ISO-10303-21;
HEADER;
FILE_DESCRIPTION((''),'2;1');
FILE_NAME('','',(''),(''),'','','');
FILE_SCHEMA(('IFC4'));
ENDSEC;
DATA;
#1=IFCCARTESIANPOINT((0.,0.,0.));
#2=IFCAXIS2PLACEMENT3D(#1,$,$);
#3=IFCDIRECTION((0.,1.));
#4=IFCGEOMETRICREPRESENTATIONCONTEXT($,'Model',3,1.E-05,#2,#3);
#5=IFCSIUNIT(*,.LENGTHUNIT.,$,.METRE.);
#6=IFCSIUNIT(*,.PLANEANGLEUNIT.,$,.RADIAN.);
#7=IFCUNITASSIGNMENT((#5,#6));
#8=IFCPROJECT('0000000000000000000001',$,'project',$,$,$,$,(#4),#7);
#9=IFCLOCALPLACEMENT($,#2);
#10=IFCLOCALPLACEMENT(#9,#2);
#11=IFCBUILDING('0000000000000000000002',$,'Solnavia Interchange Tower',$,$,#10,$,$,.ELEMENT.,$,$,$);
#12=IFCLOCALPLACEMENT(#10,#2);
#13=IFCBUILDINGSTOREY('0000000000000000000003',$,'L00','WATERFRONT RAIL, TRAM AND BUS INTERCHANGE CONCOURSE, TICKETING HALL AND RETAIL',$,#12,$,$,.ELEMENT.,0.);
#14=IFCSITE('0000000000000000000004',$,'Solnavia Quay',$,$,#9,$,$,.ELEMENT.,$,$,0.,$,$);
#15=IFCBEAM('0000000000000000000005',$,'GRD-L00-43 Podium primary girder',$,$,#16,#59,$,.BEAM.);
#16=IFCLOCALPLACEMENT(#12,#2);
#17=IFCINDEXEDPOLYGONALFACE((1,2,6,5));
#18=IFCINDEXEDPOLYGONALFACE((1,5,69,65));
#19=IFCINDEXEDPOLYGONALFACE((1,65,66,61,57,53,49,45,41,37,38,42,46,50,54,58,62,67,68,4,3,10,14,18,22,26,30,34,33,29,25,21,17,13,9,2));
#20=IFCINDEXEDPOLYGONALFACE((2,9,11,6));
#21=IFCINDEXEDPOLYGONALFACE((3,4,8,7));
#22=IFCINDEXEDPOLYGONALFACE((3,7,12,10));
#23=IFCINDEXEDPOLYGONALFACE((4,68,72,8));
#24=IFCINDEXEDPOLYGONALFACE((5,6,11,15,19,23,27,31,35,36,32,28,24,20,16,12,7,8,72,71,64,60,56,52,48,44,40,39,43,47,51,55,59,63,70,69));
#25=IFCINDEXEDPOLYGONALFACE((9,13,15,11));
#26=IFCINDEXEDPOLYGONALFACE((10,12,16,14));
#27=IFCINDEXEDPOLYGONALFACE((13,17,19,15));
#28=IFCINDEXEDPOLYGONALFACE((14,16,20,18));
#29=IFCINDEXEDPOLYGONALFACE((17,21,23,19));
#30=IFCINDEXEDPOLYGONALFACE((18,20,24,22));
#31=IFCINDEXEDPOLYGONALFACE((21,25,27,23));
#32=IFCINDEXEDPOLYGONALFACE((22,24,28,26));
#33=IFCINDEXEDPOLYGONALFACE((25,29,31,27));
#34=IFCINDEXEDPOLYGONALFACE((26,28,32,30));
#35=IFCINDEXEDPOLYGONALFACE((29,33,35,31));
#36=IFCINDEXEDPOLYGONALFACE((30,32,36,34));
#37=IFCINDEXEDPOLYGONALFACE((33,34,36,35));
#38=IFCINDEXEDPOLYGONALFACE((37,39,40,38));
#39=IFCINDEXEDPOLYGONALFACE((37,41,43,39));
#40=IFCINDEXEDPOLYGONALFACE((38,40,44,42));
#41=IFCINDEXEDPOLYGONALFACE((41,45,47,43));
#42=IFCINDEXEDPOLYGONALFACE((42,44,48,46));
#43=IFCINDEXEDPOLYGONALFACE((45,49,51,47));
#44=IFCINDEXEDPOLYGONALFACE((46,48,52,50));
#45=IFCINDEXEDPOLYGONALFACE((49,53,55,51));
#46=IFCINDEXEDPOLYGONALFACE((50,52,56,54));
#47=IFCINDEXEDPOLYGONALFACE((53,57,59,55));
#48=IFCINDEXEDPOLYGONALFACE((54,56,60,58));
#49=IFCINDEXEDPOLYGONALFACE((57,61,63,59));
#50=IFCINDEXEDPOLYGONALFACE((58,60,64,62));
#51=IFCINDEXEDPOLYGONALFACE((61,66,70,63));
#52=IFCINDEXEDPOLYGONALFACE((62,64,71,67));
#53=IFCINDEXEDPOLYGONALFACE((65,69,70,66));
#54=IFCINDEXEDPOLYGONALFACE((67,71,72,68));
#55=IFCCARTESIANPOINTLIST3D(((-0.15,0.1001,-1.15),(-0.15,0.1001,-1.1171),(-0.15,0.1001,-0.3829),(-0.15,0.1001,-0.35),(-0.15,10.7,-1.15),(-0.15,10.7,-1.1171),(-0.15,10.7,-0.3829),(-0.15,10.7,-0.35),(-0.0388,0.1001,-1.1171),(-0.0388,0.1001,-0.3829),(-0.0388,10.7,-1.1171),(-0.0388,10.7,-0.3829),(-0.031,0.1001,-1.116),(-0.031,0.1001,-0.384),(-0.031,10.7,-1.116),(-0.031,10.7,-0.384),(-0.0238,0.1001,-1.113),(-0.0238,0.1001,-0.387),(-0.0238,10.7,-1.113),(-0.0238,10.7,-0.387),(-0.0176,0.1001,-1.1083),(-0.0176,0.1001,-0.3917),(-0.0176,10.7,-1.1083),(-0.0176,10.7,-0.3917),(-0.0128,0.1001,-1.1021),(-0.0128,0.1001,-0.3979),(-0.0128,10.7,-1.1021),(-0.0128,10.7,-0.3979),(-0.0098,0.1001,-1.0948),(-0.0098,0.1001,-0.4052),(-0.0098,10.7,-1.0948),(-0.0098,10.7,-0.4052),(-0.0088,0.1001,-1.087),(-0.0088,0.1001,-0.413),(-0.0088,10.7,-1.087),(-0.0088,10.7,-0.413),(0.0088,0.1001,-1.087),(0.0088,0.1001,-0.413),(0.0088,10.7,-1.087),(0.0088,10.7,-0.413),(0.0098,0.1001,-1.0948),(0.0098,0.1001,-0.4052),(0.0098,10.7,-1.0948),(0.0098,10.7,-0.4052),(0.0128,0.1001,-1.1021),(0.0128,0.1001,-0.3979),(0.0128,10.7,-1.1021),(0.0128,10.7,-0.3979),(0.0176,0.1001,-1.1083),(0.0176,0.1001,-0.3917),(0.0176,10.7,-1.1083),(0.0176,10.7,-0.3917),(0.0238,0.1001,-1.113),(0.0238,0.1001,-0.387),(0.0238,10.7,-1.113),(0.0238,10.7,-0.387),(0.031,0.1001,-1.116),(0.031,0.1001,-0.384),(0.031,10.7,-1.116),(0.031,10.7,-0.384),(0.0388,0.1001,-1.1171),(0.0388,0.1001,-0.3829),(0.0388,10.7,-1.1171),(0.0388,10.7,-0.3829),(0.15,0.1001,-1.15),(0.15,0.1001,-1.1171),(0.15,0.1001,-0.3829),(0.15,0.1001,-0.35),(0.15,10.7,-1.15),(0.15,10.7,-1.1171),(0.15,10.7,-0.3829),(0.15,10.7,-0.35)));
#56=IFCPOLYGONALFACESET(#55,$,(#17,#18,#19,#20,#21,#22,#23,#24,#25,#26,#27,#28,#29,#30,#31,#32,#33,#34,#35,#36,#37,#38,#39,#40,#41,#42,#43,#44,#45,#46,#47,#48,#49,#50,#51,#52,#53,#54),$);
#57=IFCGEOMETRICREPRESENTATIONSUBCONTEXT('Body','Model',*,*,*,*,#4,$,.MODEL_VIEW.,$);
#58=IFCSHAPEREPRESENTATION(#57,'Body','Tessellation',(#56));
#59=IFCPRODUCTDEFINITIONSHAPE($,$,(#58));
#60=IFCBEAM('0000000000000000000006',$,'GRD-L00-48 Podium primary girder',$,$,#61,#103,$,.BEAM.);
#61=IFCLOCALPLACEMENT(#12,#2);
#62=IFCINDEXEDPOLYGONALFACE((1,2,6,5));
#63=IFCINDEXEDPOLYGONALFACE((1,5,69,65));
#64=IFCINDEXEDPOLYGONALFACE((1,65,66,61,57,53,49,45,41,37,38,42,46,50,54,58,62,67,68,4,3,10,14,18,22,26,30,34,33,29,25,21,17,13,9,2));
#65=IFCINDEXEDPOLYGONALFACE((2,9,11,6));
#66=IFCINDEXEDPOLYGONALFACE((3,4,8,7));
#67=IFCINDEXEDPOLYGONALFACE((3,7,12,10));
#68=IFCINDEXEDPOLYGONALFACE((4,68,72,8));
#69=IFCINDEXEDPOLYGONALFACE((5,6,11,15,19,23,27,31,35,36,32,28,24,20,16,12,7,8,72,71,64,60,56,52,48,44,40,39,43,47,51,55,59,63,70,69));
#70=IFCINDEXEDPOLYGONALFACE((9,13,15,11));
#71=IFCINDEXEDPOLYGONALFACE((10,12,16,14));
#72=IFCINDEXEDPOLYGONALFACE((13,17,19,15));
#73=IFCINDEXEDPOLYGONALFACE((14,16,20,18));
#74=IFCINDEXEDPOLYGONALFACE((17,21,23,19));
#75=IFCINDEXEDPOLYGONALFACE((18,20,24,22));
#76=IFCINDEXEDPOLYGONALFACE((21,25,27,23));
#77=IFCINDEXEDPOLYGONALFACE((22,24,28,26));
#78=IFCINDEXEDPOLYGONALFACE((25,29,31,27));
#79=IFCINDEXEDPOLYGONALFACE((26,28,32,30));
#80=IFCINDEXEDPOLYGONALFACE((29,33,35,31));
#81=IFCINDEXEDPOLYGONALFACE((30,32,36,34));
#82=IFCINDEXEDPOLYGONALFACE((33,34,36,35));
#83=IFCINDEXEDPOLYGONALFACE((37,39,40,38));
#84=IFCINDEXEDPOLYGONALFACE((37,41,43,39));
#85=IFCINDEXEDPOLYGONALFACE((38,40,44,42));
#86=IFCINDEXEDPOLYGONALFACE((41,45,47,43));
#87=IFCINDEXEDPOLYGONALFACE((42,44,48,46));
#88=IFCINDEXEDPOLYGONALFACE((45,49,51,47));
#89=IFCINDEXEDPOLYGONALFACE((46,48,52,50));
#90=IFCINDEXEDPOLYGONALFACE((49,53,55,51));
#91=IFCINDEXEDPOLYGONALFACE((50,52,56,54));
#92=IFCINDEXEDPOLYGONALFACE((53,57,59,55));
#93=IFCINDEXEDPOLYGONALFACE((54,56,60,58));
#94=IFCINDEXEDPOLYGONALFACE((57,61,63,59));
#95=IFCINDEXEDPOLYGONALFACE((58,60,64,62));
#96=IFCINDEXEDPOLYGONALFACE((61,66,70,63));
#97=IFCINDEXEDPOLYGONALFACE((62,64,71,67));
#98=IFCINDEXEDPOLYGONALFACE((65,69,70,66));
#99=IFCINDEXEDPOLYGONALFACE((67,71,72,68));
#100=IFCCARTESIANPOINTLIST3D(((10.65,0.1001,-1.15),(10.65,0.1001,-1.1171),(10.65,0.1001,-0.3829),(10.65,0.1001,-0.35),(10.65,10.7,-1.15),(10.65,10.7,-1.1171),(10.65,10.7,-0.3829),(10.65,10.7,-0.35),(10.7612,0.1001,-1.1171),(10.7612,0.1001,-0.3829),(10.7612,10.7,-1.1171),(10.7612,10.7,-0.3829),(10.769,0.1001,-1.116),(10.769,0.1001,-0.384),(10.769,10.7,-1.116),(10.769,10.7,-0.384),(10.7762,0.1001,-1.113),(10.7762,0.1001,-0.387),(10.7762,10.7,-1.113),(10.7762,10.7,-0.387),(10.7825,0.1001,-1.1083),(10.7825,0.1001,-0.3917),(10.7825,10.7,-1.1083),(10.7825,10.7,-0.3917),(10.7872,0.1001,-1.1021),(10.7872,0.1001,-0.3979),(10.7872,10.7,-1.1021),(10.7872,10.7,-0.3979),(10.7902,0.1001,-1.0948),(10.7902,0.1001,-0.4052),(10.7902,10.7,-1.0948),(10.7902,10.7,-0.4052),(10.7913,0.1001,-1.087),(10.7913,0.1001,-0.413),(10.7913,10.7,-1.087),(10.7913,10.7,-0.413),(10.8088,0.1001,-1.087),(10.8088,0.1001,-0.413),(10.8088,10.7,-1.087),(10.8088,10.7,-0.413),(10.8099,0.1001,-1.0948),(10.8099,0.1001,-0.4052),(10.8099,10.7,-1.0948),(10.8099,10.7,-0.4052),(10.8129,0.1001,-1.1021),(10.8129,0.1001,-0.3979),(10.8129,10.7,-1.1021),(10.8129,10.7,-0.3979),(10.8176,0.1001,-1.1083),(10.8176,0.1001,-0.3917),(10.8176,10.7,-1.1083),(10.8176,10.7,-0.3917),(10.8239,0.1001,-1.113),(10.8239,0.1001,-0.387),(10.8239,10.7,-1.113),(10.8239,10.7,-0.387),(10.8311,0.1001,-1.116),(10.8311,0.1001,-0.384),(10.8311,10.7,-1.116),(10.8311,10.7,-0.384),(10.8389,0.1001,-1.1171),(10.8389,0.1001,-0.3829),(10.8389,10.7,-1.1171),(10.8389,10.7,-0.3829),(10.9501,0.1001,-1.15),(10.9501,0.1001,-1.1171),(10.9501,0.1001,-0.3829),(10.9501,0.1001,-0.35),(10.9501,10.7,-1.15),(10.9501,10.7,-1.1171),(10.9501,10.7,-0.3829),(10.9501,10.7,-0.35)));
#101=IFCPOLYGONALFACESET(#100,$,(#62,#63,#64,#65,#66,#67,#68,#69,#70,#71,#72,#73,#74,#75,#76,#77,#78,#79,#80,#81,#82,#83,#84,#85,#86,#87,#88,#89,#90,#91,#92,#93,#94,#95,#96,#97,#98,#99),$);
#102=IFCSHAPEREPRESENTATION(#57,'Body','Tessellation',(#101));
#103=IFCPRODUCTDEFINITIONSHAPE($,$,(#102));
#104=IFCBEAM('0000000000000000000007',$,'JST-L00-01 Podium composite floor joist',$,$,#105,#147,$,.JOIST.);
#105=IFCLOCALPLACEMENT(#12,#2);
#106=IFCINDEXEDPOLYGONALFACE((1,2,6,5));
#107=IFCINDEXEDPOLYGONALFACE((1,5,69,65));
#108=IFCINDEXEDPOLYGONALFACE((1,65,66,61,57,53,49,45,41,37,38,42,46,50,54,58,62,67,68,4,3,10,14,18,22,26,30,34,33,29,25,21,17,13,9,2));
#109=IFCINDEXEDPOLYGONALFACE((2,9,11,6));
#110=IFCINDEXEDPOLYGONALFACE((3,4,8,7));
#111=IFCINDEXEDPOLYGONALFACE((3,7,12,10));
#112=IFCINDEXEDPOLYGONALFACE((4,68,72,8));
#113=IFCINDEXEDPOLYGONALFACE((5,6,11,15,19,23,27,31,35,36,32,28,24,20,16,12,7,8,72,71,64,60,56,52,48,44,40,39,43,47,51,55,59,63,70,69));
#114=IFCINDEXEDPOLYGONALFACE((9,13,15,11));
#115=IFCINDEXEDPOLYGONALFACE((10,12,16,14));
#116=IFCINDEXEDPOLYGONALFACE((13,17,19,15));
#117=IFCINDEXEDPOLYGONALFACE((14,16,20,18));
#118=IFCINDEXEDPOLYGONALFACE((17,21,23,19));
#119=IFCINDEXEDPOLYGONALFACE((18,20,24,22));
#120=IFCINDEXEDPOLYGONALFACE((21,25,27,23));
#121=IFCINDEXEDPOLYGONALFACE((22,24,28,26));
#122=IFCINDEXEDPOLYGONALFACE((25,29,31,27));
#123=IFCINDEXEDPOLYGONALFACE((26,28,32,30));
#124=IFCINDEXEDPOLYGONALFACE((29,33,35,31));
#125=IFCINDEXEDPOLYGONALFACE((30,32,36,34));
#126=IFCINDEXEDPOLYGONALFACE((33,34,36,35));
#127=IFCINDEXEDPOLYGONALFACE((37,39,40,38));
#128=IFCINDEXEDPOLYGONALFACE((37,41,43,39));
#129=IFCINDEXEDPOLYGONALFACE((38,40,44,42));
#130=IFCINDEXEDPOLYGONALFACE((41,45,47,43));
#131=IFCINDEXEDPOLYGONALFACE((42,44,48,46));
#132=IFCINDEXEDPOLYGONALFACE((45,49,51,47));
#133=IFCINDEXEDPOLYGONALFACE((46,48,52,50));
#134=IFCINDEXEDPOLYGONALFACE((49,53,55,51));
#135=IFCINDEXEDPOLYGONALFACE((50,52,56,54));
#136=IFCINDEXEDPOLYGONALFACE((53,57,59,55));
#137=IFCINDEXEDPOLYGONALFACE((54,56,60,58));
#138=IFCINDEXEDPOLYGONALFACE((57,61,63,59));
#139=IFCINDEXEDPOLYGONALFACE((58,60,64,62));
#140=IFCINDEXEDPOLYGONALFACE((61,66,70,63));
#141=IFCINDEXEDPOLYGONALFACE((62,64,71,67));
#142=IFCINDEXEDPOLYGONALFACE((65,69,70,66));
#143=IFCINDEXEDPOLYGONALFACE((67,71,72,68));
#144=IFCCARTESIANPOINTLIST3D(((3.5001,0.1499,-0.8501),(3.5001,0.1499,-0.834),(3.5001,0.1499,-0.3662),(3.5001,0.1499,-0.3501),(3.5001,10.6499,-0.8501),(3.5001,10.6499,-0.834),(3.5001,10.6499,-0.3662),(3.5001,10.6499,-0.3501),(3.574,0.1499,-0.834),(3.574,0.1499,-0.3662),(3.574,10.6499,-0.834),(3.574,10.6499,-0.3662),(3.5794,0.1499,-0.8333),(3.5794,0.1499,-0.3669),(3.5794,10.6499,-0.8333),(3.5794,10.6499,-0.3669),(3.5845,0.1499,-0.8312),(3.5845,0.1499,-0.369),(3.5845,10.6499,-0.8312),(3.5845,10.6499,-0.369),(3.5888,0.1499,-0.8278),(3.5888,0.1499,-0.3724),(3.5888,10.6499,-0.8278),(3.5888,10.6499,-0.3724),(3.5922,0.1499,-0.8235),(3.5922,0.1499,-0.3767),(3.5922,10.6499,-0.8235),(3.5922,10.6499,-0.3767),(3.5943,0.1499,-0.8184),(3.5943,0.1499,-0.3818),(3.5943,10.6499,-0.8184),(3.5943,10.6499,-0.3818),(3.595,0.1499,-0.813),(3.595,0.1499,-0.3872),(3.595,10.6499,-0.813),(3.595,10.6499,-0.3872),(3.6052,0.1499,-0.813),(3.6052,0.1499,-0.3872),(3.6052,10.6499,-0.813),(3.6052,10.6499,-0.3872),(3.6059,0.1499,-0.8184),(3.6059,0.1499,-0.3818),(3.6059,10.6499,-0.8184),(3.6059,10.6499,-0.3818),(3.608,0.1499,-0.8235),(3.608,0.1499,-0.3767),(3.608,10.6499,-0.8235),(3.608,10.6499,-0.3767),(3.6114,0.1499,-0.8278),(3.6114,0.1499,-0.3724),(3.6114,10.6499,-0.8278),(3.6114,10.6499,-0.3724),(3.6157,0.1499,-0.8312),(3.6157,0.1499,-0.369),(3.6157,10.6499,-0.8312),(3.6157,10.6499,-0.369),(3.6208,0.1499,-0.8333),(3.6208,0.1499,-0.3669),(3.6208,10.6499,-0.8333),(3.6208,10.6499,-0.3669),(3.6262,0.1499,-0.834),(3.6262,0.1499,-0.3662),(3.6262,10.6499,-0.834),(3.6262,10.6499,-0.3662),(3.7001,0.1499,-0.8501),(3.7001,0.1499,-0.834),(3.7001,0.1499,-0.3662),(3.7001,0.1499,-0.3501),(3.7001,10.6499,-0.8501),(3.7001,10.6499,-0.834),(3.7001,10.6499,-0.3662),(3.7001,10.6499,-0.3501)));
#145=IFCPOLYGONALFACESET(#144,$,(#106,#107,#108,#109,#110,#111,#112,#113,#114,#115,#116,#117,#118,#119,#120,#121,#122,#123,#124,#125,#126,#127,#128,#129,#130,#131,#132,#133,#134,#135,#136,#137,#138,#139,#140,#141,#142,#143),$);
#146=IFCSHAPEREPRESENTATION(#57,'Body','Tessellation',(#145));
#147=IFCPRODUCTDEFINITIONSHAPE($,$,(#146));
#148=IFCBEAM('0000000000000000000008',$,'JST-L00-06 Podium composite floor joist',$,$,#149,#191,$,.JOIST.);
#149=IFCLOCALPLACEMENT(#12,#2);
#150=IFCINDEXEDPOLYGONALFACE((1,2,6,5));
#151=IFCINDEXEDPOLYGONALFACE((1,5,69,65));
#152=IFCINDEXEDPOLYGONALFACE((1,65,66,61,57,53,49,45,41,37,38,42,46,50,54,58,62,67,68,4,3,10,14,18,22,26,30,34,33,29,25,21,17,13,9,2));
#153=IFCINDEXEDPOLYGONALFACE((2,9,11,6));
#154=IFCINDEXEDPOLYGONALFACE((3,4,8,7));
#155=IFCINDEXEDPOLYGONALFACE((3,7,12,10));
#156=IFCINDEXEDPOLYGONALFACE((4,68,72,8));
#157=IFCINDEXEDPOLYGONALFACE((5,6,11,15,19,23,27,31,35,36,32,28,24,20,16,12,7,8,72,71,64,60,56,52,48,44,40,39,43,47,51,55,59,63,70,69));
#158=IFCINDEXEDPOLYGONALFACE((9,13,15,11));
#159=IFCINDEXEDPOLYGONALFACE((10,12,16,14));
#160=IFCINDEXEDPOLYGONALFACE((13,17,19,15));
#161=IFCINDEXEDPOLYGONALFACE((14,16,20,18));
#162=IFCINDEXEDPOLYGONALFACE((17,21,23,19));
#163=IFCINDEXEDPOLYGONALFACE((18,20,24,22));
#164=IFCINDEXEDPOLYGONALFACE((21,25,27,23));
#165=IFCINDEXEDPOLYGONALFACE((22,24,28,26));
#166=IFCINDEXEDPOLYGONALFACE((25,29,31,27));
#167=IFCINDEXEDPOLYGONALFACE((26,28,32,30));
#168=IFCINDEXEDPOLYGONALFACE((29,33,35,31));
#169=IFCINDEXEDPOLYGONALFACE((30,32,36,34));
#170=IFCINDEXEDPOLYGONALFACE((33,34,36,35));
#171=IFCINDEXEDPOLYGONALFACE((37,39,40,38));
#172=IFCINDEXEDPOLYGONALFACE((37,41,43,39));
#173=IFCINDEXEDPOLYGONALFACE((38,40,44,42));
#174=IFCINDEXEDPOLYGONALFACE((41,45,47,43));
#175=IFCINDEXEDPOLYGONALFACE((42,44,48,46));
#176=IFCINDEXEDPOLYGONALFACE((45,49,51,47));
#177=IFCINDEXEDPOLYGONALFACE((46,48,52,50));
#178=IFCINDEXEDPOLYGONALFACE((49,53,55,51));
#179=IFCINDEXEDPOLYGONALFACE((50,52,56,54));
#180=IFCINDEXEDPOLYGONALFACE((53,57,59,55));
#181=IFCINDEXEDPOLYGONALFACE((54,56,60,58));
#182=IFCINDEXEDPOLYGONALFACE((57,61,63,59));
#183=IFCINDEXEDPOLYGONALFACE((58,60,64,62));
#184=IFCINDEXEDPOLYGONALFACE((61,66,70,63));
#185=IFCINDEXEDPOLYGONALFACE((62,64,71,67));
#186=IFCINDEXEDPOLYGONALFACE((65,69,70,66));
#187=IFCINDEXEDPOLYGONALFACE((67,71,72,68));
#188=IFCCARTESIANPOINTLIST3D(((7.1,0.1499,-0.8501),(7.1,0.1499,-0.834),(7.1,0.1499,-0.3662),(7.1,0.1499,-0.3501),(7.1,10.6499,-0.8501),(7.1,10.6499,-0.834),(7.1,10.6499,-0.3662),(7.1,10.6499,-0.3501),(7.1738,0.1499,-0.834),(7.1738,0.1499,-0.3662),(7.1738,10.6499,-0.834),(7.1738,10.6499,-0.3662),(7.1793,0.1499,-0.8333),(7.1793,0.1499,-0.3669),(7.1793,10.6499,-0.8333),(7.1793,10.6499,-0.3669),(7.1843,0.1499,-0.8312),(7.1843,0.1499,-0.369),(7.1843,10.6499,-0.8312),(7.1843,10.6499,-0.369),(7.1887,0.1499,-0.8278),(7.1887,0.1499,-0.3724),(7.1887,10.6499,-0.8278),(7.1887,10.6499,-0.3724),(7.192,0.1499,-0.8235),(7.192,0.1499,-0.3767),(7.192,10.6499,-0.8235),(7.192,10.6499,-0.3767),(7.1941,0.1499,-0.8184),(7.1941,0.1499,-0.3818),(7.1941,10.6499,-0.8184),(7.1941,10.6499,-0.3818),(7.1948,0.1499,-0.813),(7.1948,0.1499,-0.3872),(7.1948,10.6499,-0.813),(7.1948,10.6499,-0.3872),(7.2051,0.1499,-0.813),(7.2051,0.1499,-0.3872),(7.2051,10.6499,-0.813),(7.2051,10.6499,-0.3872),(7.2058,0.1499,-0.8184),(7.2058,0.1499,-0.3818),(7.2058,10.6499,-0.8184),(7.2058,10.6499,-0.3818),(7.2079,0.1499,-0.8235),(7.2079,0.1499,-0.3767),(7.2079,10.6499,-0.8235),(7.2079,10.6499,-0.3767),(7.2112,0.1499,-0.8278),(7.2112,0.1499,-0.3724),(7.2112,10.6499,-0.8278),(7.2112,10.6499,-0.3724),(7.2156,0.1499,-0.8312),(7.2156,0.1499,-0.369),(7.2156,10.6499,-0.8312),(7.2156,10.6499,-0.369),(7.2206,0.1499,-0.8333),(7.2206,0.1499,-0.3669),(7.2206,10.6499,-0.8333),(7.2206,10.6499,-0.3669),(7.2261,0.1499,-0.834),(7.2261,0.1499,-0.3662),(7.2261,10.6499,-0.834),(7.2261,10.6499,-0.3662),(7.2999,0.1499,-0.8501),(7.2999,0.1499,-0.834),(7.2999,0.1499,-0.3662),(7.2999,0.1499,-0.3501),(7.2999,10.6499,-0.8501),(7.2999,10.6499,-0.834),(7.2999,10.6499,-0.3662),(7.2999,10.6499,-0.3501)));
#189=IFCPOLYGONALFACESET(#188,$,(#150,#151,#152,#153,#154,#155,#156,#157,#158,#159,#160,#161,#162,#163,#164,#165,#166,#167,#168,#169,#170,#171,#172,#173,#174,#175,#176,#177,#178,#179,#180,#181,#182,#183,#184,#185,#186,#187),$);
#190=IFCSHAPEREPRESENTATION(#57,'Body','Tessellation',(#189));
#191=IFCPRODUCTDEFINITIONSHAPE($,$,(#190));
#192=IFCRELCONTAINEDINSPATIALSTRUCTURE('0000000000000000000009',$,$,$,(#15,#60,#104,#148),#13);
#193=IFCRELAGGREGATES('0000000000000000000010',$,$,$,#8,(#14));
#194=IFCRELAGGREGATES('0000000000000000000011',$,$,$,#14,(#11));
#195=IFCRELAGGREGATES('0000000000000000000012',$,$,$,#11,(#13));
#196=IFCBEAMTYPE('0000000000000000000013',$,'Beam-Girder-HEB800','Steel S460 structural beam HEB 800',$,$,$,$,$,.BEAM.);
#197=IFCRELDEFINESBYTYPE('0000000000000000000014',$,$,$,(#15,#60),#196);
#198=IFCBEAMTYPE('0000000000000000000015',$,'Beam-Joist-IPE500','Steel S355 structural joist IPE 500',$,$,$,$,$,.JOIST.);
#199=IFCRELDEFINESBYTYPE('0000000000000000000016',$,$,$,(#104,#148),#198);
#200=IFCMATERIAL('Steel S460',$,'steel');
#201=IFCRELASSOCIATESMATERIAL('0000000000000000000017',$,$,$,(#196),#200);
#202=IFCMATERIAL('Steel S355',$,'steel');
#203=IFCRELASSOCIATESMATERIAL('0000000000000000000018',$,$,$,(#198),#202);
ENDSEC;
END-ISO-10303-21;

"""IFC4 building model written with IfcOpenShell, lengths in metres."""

from ifc_helpers import new_model, si_unit, direction, frame, origin, origin_2d, place, context, subcontext, project, spatial, i_section, extrude, material, material_profile, profile_set, type_object, element, save


model = new_model("IFC4")

# Units and contexts
model_context = context("Model", 3, precision=1e-05, world=origin(), true_north=direction((0.0, 1.0)))
body_context = subcontext(model_context, "Body", "Model", "MODEL_VIEW")
ifc_project = project(units=[si_unit("LENGTHUNIT", "METRE"), si_unit("PLANEANGLEUNIT", "RADIAN")], contexts=[model_context])

# Site, building, storey
site_placement = place(None, origin())
site = spatial("IfcSite", under=ifc_project, at=site_placement, Name="Solnavia Quay", CompositionType="ELEMENT", RefElevation=0.0)
building_placement = place(site_placement, origin())
building = spatial("IfcBuilding", under=site, at=building_placement, Name="Solnavia Interchange Tower", CompositionType="ELEMENT")
storey_placement = place(building_placement, origin())
storey = spatial("IfcBuildingStorey", under=building, at=storey_placement, Name="L00", Description="WATERFRONT RAIL, TRAM AND BUS INTERCHANGE CONCOURSE, TICKETING HALL AND RETAIL", CompositionType="ELEMENT", Elevation=0.0)

# Beams
ifc_material_1 = material(Name="Steel S460", Category="steel")
ifc_material_profile_1 = material_profile(ifc_material_1, i_section(OverallWidth=0.3, OverallDepth=0.8, WebThickness=0.0176, FlangeThickness=0.033, FilletRadius=0.03, at=origin_2d()), Name="HEB 800")
ifc_profile_set_1 = profile_set([ifc_material_profile_1], Name="Steel S460")
beam_type_1 = type_object("IfcBeamType", Name="Beam-Girder-HEB800", Description="Steel S460 structural beam HEB 800", PredefinedType="BEAM", material=ifc_profile_set_1)
for number, where, z_axis, x_axis, name in (
    (1, (0.0, 0.1001, -0.75), (0.0, 1.0, 0.0), (-1.0, 0.0, 0.0), "GRD-L00-43 Podium primary girder"),
    (2, (10.8, 0.1001, -0.75), (0.0, 1.0, 0.0), (-1.0, 0.0, 0.0), "GRD-L00-48 Podium primary girder"),
):
    element("IfcBeam", number, at=place(storey_placement, frame(where, z_axis=z_axis, x_axis=x_axis)), inside=storey, type_object=beam_type_1, Name=name, PredefinedType="BEAM", context=body_context, shape_type="SweptSolid", body=[
        extrude(i_section(OverallWidth=0.3, OverallDepth=0.8, WebThickness=0.0176, FlangeThickness=0.033, FilletRadius=0.03, at=origin_2d()), origin(), (0.0, 0.0, 1.0), 10.5999),
    ])
ifc_material_2 = material(Name="Steel S355", Category="steel")
ifc_material_profile_2 = material_profile(ifc_material_2, i_section(OverallWidth=0.2, OverallDepth=0.5, WebThickness=0.0103, FlangeThickness=0.0161, FilletRadius=0.021, at=origin_2d()), Name="IPE 500")
ifc_profile_set_2 = profile_set([ifc_material_profile_2], Name="Steel S355")
beam_type_2 = type_object("IfcBeamType", Name="Beam-Joist-IPE500", Description="Steel S355 structural joist IPE 500", PredefinedType="JOIST", material=ifc_profile_set_2)
for number, where, z_axis, x_axis, name in (
    (3, (3.6001, 0.1499, -0.6001), (0.0, 1.0, 0.0), (-1.0, 0.0, 0.0), "JST-L00-01 Podium composite floor joist"),
    (4, (7.2, 0.1499, -0.6001), (0.0, 1.0, 0.0), (-1.0, 0.0, 0.0), "JST-L00-06 Podium composite floor joist"),
):
    element("IfcBeam", number, at=place(storey_placement, frame(where, z_axis=z_axis, x_axis=x_axis)), inside=storey, type_object=beam_type_2, Name=name, PredefinedType="JOIST", context=body_context, shape_type="SweptSolid", body=[
        extrude(i_section(OverallWidth=0.2, OverallDepth=0.5, WebThickness=0.0103, FlangeThickness=0.0161, FilletRadius=0.021, at=origin_2d()), origin(), (0.0, 0.0, 1.0), 10.5),
    ])

save(model, "model.ifc")
